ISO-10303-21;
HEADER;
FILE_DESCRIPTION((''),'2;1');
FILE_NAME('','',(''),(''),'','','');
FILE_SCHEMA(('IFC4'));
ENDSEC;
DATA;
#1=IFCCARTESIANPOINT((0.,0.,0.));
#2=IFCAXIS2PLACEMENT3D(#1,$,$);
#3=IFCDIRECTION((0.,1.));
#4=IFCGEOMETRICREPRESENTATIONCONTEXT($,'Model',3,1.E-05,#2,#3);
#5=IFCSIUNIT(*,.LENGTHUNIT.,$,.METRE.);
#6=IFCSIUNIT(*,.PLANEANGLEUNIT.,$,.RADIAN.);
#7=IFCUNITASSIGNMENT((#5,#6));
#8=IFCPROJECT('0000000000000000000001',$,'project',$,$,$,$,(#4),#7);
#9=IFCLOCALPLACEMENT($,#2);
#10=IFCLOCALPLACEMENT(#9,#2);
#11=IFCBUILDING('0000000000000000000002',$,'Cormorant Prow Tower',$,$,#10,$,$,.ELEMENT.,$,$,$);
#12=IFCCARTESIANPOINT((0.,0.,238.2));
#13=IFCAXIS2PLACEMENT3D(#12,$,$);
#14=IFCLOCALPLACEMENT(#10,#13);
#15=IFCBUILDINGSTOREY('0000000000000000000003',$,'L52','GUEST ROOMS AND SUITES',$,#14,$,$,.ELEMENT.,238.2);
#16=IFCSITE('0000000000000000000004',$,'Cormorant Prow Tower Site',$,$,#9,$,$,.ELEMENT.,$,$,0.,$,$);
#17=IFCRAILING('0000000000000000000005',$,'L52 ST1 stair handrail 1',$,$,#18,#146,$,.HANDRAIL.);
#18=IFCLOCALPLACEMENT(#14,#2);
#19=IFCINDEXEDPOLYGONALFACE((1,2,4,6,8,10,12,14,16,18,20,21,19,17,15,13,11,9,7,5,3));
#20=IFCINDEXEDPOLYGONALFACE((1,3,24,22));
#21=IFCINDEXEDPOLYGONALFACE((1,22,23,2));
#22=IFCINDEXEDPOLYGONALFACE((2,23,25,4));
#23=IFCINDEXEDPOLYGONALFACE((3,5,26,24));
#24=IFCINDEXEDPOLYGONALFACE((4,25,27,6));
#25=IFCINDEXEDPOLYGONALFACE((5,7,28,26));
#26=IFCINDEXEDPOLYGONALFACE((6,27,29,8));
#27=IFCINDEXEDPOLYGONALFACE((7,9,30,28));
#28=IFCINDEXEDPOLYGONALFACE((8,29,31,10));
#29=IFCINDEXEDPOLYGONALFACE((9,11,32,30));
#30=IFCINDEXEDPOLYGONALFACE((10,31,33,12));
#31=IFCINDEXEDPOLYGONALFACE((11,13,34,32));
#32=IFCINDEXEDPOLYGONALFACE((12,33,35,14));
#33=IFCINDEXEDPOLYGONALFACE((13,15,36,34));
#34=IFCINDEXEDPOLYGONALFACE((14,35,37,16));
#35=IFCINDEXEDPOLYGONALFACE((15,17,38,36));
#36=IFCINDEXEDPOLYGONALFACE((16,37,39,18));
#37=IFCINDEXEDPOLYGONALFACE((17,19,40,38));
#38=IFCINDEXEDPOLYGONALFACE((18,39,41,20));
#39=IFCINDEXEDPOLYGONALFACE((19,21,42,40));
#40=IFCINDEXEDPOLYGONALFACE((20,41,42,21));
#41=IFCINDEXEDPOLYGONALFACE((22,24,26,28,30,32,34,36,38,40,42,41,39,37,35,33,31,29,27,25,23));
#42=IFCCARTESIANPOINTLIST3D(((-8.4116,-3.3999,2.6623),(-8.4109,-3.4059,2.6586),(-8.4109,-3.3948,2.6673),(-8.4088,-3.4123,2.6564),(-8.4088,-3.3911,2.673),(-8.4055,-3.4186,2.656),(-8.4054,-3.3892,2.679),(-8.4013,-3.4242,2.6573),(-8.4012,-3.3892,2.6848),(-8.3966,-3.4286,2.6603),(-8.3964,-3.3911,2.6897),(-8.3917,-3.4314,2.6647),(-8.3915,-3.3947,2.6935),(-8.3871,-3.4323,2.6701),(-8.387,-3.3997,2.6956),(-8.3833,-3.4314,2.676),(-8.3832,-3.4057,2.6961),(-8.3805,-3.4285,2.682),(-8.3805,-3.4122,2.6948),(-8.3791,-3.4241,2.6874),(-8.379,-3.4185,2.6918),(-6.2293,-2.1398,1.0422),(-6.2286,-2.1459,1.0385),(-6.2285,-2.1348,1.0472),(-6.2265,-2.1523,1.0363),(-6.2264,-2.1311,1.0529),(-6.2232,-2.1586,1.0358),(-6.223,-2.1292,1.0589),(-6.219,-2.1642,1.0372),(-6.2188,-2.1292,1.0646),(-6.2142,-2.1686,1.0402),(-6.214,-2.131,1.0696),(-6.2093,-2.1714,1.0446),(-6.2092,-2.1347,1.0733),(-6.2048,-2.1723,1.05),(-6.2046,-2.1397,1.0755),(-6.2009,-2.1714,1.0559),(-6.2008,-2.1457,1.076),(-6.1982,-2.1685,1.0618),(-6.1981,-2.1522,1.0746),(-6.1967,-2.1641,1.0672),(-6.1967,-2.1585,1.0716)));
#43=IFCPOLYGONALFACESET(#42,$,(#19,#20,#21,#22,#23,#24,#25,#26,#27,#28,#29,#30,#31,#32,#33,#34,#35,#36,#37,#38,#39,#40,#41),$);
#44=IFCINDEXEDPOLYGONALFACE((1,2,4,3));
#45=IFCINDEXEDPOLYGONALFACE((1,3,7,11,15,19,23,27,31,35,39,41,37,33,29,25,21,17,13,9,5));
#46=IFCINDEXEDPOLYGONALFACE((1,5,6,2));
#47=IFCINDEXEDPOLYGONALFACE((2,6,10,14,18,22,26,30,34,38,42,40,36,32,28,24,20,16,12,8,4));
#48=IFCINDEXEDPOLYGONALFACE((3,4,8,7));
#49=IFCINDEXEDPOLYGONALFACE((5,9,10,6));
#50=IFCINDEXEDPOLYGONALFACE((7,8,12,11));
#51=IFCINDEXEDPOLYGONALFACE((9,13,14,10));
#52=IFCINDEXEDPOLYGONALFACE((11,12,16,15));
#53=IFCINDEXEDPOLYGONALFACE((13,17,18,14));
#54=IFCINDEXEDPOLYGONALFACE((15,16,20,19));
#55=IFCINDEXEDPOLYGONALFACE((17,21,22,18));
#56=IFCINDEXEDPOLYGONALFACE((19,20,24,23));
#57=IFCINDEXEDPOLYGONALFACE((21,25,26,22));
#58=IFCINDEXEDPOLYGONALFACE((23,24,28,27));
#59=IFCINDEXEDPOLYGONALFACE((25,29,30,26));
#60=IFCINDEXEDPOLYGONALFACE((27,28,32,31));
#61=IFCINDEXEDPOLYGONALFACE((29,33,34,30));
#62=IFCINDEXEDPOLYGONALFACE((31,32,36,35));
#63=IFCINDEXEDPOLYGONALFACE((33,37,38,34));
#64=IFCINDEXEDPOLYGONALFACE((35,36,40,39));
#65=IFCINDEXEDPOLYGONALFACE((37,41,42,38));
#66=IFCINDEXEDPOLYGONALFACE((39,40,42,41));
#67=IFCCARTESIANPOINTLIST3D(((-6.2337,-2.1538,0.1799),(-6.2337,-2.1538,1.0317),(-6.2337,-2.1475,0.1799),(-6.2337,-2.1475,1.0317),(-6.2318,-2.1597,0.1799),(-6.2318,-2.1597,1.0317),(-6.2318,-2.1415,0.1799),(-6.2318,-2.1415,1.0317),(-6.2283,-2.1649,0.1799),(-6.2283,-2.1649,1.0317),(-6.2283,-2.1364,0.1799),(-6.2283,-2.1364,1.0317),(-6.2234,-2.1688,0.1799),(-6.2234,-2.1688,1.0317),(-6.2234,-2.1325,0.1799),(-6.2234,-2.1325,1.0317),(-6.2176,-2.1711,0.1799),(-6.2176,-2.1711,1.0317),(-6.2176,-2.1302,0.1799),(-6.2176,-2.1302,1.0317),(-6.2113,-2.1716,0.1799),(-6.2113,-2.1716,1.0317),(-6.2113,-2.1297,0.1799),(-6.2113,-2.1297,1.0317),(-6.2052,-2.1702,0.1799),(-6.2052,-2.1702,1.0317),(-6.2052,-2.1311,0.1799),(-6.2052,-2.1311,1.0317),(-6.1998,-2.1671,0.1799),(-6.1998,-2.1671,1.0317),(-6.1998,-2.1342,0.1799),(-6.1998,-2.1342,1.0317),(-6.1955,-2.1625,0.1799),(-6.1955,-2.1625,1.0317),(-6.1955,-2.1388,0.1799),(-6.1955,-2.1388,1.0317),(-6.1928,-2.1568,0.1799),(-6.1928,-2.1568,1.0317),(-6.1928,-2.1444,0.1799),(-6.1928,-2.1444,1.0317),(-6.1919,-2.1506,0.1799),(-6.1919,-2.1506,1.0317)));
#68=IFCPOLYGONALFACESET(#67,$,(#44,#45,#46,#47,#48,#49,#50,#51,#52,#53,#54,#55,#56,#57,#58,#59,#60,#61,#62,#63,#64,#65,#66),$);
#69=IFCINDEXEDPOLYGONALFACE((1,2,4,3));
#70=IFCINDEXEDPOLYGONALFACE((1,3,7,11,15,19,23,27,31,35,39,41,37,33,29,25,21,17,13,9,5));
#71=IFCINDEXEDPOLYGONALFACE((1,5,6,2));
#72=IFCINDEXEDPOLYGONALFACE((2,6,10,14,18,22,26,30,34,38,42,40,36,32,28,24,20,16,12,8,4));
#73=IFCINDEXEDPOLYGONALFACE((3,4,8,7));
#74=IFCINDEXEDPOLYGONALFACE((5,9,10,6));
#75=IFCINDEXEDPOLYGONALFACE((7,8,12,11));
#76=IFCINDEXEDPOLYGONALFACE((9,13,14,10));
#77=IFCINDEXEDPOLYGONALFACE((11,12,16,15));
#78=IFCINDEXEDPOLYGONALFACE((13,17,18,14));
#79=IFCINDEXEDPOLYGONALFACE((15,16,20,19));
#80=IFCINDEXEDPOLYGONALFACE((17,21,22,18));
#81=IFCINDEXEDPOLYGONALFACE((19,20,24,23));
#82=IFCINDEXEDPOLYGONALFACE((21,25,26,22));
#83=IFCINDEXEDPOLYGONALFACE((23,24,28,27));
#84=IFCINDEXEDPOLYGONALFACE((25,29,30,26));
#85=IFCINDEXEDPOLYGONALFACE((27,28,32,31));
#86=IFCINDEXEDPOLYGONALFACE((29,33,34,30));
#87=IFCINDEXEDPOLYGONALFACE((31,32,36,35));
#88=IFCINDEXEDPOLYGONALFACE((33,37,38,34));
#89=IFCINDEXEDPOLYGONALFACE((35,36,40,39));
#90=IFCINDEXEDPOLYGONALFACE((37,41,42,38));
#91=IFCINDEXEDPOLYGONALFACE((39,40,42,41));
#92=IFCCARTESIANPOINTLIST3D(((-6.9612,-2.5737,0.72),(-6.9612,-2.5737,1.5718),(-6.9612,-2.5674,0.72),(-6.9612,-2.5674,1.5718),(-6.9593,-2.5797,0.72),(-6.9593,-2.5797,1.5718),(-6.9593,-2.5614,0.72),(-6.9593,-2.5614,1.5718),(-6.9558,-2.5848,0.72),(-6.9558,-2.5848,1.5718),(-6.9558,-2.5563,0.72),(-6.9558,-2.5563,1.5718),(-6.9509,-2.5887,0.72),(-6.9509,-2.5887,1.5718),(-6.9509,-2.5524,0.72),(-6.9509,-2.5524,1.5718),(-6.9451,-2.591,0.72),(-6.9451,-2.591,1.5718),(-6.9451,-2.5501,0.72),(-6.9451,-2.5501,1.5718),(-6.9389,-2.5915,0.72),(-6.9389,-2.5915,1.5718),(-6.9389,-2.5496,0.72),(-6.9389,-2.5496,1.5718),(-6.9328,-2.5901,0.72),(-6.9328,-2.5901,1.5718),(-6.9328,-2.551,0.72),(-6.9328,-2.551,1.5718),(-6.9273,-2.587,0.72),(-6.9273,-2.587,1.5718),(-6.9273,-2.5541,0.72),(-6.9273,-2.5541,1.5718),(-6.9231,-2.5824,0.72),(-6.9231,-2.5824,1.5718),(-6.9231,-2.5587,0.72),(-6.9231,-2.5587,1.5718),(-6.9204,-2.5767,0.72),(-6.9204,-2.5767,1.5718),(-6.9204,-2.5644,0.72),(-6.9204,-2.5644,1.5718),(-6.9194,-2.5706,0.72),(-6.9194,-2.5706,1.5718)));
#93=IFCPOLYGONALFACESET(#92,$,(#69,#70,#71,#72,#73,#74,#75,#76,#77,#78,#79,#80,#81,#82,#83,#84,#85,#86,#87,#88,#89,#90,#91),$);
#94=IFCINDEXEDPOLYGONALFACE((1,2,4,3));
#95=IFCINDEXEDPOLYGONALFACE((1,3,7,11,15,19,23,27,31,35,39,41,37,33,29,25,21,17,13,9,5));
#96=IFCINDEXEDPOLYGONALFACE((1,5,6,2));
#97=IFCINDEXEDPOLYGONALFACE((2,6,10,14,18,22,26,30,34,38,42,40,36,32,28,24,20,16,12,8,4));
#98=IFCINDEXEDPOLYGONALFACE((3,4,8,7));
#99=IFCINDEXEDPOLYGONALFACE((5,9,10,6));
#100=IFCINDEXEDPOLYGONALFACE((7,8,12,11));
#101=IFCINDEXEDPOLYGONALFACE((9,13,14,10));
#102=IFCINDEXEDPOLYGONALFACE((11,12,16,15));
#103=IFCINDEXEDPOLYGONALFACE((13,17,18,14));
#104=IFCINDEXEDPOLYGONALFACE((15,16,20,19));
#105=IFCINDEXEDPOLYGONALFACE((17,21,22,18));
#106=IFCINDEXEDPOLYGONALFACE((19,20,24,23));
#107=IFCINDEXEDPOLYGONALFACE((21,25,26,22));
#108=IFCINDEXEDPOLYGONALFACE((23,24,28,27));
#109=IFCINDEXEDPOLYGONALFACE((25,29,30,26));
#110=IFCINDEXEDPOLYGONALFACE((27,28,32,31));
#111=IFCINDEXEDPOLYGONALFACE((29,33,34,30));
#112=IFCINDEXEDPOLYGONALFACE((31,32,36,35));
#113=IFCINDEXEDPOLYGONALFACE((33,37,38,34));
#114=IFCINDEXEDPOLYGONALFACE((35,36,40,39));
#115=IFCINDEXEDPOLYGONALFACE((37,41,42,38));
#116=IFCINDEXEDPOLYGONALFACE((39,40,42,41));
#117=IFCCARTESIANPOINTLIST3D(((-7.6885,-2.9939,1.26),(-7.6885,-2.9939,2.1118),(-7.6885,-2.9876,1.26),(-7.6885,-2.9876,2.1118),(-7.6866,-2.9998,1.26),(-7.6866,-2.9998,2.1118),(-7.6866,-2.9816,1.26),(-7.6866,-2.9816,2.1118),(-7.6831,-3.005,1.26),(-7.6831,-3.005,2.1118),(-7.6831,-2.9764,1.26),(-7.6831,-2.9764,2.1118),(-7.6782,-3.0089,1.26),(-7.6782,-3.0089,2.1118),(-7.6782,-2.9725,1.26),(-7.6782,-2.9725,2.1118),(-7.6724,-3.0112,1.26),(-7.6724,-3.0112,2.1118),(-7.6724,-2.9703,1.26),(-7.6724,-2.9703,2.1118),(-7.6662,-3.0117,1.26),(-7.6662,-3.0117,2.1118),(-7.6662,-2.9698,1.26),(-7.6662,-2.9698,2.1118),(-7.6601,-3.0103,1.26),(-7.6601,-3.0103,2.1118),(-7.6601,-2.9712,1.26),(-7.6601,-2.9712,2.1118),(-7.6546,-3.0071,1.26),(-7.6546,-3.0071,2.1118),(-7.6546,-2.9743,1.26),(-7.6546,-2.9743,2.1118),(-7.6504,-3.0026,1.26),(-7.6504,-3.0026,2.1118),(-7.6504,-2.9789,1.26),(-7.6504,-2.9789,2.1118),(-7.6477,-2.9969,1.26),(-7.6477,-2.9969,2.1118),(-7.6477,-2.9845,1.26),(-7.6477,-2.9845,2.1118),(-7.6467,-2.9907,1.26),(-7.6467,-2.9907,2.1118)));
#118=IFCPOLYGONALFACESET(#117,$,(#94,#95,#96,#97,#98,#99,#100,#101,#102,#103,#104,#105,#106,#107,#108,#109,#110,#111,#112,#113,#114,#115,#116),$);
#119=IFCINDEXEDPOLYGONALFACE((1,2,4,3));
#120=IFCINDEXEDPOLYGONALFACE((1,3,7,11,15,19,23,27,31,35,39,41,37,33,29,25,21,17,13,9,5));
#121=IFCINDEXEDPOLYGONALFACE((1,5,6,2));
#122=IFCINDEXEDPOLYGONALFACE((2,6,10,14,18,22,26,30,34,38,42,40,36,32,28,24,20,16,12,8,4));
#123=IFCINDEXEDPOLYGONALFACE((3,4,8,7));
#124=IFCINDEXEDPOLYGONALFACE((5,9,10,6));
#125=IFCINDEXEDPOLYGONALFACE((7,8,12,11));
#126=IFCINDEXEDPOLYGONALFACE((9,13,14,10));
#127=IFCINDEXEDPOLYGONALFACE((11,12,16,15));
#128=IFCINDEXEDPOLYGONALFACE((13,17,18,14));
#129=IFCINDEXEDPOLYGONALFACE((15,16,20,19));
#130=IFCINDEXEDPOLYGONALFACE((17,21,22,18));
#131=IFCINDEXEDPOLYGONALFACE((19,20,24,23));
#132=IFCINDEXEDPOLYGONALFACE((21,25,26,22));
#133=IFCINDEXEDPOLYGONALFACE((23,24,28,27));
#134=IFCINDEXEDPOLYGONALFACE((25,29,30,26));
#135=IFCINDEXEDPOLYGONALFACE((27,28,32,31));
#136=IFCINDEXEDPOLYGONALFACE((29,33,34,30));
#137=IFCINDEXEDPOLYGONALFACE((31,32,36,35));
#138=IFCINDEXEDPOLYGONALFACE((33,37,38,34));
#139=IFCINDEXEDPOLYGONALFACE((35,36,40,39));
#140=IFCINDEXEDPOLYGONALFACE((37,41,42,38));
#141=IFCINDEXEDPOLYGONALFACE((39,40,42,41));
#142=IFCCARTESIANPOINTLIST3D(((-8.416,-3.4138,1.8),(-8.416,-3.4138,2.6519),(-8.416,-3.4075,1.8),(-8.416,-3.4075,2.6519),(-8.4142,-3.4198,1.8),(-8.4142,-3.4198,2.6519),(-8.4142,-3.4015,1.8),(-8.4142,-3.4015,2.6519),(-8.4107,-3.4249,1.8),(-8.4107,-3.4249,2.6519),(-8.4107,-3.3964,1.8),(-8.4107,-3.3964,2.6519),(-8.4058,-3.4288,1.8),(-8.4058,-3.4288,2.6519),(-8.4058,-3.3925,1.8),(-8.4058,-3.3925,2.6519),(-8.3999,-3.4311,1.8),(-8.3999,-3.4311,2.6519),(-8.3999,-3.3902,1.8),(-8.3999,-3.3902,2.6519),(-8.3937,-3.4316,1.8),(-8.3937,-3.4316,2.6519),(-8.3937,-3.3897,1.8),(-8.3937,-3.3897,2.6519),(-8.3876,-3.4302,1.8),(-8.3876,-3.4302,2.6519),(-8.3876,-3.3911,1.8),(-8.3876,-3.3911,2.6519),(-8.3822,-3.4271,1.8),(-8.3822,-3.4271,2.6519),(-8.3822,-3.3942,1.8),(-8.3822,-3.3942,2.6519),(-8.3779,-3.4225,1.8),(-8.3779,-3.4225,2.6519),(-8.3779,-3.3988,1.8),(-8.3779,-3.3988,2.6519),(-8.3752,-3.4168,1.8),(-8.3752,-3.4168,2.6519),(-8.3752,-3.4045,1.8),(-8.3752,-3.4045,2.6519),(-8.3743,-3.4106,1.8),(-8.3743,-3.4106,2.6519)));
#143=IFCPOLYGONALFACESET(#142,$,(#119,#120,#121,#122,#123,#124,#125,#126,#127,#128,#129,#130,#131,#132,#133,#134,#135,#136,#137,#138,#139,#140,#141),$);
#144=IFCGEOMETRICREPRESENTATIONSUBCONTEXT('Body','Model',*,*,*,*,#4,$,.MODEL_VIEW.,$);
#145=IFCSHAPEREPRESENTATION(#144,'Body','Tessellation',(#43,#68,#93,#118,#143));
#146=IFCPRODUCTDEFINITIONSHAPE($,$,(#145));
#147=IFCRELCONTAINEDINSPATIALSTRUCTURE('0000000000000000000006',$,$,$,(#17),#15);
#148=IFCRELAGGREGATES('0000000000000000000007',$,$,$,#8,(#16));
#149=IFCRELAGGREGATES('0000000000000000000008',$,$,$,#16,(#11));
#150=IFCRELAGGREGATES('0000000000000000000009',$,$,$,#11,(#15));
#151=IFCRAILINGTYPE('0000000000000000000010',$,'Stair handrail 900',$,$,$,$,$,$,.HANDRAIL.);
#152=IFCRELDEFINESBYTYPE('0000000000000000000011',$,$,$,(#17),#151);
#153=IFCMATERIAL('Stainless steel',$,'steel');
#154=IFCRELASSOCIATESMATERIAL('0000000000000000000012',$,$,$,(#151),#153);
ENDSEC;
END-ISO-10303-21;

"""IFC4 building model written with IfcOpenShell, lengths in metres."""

from ifc_helpers import new_model, si_unit, direction, frame, origin, origin_2d, place, context, subcontext, project, spatial, circle, extrude, material, type_object, element, save


model = new_model("IFC4")

# Units and contexts
model_context = context("Model", 3, precision=1e-05, world=origin(), true_north=direction((0.0, 1.0)))
body_context = subcontext(model_context, "Body", "Model", "MODEL_VIEW")
ifc_project = project(units=[si_unit("LENGTHUNIT", "METRE"), si_unit("PLANEANGLEUNIT", "RADIAN")], contexts=[model_context])

# Site, building, storey
site_placement = place(None, origin())
site = spatial("IfcSite", under=ifc_project, at=site_placement, Name="Cormorant Prow Tower Site", CompositionType="ELEMENT", RefElevation=0.0)
building_placement = place(site_placement, origin())
building = spatial("IfcBuilding", under=site, at=building_placement, Name="Cormorant Prow Tower", CompositionType="ELEMENT")
storey_placement = place(building_placement, frame((0.0, 0.0, 238.2)))
storey = spatial("IfcBuildingStorey", under=building, at=storey_placement, Name="L52", Description="GUEST ROOMS AND SUITES", CompositionType="ELEMENT", Elevation=238.2)

# Railing
ifc_material_1 = material(Name="Stainless steel", Category="steel")
railing_type_1 = type_object("IfcRailingType", Name="Stair handrail 900", PredefinedType="HANDRAIL", material=ifc_material_1)
railing_1_placement = place(storey_placement, frame((-6.2129, -2.1506, 0.1799)))
element("IfcRailing", 1, at=railing_1_placement, inside=storey, type_object=railing_type_1, Name="L52 ST1 stair handrail 1", PredefinedType="HANDRAIL", context=body_context, shape_type="SweptSolid", body=[
    extrude(circle(Radius=0.0239, at=origin_2d()), frame((0.0, 0.0, 0.876), z_axis=(-0.728464, -0.420584, 0.540786), x_axis=(0.500005, -0.866023, 0.0)), (0.0, 0.0, 1.0), 2.9958),
    extrude(circle(Radius=0.021, at=origin_2d()), origin(), (0.0, 0.0, 1.0), 0.8518),
    extrude(circle(Radius=0.021, at=origin_2d()), frame((-0.7275, -0.4199, 0.54)), (0.0, 0.0, 1.0), 0.8518),
    extrude(circle(Radius=0.021, at=origin_2d()), frame((-1.4548, -0.8401, 1.0801)), (0.0, 0.0, 1.0), 0.8518),
    extrude(circle(Radius=0.021, at=origin_2d()), frame((-2.1824, -1.26, 1.6201)), (0.0, 0.0, 1.0), 0.8518),
])

save(model, "model.ifc")
